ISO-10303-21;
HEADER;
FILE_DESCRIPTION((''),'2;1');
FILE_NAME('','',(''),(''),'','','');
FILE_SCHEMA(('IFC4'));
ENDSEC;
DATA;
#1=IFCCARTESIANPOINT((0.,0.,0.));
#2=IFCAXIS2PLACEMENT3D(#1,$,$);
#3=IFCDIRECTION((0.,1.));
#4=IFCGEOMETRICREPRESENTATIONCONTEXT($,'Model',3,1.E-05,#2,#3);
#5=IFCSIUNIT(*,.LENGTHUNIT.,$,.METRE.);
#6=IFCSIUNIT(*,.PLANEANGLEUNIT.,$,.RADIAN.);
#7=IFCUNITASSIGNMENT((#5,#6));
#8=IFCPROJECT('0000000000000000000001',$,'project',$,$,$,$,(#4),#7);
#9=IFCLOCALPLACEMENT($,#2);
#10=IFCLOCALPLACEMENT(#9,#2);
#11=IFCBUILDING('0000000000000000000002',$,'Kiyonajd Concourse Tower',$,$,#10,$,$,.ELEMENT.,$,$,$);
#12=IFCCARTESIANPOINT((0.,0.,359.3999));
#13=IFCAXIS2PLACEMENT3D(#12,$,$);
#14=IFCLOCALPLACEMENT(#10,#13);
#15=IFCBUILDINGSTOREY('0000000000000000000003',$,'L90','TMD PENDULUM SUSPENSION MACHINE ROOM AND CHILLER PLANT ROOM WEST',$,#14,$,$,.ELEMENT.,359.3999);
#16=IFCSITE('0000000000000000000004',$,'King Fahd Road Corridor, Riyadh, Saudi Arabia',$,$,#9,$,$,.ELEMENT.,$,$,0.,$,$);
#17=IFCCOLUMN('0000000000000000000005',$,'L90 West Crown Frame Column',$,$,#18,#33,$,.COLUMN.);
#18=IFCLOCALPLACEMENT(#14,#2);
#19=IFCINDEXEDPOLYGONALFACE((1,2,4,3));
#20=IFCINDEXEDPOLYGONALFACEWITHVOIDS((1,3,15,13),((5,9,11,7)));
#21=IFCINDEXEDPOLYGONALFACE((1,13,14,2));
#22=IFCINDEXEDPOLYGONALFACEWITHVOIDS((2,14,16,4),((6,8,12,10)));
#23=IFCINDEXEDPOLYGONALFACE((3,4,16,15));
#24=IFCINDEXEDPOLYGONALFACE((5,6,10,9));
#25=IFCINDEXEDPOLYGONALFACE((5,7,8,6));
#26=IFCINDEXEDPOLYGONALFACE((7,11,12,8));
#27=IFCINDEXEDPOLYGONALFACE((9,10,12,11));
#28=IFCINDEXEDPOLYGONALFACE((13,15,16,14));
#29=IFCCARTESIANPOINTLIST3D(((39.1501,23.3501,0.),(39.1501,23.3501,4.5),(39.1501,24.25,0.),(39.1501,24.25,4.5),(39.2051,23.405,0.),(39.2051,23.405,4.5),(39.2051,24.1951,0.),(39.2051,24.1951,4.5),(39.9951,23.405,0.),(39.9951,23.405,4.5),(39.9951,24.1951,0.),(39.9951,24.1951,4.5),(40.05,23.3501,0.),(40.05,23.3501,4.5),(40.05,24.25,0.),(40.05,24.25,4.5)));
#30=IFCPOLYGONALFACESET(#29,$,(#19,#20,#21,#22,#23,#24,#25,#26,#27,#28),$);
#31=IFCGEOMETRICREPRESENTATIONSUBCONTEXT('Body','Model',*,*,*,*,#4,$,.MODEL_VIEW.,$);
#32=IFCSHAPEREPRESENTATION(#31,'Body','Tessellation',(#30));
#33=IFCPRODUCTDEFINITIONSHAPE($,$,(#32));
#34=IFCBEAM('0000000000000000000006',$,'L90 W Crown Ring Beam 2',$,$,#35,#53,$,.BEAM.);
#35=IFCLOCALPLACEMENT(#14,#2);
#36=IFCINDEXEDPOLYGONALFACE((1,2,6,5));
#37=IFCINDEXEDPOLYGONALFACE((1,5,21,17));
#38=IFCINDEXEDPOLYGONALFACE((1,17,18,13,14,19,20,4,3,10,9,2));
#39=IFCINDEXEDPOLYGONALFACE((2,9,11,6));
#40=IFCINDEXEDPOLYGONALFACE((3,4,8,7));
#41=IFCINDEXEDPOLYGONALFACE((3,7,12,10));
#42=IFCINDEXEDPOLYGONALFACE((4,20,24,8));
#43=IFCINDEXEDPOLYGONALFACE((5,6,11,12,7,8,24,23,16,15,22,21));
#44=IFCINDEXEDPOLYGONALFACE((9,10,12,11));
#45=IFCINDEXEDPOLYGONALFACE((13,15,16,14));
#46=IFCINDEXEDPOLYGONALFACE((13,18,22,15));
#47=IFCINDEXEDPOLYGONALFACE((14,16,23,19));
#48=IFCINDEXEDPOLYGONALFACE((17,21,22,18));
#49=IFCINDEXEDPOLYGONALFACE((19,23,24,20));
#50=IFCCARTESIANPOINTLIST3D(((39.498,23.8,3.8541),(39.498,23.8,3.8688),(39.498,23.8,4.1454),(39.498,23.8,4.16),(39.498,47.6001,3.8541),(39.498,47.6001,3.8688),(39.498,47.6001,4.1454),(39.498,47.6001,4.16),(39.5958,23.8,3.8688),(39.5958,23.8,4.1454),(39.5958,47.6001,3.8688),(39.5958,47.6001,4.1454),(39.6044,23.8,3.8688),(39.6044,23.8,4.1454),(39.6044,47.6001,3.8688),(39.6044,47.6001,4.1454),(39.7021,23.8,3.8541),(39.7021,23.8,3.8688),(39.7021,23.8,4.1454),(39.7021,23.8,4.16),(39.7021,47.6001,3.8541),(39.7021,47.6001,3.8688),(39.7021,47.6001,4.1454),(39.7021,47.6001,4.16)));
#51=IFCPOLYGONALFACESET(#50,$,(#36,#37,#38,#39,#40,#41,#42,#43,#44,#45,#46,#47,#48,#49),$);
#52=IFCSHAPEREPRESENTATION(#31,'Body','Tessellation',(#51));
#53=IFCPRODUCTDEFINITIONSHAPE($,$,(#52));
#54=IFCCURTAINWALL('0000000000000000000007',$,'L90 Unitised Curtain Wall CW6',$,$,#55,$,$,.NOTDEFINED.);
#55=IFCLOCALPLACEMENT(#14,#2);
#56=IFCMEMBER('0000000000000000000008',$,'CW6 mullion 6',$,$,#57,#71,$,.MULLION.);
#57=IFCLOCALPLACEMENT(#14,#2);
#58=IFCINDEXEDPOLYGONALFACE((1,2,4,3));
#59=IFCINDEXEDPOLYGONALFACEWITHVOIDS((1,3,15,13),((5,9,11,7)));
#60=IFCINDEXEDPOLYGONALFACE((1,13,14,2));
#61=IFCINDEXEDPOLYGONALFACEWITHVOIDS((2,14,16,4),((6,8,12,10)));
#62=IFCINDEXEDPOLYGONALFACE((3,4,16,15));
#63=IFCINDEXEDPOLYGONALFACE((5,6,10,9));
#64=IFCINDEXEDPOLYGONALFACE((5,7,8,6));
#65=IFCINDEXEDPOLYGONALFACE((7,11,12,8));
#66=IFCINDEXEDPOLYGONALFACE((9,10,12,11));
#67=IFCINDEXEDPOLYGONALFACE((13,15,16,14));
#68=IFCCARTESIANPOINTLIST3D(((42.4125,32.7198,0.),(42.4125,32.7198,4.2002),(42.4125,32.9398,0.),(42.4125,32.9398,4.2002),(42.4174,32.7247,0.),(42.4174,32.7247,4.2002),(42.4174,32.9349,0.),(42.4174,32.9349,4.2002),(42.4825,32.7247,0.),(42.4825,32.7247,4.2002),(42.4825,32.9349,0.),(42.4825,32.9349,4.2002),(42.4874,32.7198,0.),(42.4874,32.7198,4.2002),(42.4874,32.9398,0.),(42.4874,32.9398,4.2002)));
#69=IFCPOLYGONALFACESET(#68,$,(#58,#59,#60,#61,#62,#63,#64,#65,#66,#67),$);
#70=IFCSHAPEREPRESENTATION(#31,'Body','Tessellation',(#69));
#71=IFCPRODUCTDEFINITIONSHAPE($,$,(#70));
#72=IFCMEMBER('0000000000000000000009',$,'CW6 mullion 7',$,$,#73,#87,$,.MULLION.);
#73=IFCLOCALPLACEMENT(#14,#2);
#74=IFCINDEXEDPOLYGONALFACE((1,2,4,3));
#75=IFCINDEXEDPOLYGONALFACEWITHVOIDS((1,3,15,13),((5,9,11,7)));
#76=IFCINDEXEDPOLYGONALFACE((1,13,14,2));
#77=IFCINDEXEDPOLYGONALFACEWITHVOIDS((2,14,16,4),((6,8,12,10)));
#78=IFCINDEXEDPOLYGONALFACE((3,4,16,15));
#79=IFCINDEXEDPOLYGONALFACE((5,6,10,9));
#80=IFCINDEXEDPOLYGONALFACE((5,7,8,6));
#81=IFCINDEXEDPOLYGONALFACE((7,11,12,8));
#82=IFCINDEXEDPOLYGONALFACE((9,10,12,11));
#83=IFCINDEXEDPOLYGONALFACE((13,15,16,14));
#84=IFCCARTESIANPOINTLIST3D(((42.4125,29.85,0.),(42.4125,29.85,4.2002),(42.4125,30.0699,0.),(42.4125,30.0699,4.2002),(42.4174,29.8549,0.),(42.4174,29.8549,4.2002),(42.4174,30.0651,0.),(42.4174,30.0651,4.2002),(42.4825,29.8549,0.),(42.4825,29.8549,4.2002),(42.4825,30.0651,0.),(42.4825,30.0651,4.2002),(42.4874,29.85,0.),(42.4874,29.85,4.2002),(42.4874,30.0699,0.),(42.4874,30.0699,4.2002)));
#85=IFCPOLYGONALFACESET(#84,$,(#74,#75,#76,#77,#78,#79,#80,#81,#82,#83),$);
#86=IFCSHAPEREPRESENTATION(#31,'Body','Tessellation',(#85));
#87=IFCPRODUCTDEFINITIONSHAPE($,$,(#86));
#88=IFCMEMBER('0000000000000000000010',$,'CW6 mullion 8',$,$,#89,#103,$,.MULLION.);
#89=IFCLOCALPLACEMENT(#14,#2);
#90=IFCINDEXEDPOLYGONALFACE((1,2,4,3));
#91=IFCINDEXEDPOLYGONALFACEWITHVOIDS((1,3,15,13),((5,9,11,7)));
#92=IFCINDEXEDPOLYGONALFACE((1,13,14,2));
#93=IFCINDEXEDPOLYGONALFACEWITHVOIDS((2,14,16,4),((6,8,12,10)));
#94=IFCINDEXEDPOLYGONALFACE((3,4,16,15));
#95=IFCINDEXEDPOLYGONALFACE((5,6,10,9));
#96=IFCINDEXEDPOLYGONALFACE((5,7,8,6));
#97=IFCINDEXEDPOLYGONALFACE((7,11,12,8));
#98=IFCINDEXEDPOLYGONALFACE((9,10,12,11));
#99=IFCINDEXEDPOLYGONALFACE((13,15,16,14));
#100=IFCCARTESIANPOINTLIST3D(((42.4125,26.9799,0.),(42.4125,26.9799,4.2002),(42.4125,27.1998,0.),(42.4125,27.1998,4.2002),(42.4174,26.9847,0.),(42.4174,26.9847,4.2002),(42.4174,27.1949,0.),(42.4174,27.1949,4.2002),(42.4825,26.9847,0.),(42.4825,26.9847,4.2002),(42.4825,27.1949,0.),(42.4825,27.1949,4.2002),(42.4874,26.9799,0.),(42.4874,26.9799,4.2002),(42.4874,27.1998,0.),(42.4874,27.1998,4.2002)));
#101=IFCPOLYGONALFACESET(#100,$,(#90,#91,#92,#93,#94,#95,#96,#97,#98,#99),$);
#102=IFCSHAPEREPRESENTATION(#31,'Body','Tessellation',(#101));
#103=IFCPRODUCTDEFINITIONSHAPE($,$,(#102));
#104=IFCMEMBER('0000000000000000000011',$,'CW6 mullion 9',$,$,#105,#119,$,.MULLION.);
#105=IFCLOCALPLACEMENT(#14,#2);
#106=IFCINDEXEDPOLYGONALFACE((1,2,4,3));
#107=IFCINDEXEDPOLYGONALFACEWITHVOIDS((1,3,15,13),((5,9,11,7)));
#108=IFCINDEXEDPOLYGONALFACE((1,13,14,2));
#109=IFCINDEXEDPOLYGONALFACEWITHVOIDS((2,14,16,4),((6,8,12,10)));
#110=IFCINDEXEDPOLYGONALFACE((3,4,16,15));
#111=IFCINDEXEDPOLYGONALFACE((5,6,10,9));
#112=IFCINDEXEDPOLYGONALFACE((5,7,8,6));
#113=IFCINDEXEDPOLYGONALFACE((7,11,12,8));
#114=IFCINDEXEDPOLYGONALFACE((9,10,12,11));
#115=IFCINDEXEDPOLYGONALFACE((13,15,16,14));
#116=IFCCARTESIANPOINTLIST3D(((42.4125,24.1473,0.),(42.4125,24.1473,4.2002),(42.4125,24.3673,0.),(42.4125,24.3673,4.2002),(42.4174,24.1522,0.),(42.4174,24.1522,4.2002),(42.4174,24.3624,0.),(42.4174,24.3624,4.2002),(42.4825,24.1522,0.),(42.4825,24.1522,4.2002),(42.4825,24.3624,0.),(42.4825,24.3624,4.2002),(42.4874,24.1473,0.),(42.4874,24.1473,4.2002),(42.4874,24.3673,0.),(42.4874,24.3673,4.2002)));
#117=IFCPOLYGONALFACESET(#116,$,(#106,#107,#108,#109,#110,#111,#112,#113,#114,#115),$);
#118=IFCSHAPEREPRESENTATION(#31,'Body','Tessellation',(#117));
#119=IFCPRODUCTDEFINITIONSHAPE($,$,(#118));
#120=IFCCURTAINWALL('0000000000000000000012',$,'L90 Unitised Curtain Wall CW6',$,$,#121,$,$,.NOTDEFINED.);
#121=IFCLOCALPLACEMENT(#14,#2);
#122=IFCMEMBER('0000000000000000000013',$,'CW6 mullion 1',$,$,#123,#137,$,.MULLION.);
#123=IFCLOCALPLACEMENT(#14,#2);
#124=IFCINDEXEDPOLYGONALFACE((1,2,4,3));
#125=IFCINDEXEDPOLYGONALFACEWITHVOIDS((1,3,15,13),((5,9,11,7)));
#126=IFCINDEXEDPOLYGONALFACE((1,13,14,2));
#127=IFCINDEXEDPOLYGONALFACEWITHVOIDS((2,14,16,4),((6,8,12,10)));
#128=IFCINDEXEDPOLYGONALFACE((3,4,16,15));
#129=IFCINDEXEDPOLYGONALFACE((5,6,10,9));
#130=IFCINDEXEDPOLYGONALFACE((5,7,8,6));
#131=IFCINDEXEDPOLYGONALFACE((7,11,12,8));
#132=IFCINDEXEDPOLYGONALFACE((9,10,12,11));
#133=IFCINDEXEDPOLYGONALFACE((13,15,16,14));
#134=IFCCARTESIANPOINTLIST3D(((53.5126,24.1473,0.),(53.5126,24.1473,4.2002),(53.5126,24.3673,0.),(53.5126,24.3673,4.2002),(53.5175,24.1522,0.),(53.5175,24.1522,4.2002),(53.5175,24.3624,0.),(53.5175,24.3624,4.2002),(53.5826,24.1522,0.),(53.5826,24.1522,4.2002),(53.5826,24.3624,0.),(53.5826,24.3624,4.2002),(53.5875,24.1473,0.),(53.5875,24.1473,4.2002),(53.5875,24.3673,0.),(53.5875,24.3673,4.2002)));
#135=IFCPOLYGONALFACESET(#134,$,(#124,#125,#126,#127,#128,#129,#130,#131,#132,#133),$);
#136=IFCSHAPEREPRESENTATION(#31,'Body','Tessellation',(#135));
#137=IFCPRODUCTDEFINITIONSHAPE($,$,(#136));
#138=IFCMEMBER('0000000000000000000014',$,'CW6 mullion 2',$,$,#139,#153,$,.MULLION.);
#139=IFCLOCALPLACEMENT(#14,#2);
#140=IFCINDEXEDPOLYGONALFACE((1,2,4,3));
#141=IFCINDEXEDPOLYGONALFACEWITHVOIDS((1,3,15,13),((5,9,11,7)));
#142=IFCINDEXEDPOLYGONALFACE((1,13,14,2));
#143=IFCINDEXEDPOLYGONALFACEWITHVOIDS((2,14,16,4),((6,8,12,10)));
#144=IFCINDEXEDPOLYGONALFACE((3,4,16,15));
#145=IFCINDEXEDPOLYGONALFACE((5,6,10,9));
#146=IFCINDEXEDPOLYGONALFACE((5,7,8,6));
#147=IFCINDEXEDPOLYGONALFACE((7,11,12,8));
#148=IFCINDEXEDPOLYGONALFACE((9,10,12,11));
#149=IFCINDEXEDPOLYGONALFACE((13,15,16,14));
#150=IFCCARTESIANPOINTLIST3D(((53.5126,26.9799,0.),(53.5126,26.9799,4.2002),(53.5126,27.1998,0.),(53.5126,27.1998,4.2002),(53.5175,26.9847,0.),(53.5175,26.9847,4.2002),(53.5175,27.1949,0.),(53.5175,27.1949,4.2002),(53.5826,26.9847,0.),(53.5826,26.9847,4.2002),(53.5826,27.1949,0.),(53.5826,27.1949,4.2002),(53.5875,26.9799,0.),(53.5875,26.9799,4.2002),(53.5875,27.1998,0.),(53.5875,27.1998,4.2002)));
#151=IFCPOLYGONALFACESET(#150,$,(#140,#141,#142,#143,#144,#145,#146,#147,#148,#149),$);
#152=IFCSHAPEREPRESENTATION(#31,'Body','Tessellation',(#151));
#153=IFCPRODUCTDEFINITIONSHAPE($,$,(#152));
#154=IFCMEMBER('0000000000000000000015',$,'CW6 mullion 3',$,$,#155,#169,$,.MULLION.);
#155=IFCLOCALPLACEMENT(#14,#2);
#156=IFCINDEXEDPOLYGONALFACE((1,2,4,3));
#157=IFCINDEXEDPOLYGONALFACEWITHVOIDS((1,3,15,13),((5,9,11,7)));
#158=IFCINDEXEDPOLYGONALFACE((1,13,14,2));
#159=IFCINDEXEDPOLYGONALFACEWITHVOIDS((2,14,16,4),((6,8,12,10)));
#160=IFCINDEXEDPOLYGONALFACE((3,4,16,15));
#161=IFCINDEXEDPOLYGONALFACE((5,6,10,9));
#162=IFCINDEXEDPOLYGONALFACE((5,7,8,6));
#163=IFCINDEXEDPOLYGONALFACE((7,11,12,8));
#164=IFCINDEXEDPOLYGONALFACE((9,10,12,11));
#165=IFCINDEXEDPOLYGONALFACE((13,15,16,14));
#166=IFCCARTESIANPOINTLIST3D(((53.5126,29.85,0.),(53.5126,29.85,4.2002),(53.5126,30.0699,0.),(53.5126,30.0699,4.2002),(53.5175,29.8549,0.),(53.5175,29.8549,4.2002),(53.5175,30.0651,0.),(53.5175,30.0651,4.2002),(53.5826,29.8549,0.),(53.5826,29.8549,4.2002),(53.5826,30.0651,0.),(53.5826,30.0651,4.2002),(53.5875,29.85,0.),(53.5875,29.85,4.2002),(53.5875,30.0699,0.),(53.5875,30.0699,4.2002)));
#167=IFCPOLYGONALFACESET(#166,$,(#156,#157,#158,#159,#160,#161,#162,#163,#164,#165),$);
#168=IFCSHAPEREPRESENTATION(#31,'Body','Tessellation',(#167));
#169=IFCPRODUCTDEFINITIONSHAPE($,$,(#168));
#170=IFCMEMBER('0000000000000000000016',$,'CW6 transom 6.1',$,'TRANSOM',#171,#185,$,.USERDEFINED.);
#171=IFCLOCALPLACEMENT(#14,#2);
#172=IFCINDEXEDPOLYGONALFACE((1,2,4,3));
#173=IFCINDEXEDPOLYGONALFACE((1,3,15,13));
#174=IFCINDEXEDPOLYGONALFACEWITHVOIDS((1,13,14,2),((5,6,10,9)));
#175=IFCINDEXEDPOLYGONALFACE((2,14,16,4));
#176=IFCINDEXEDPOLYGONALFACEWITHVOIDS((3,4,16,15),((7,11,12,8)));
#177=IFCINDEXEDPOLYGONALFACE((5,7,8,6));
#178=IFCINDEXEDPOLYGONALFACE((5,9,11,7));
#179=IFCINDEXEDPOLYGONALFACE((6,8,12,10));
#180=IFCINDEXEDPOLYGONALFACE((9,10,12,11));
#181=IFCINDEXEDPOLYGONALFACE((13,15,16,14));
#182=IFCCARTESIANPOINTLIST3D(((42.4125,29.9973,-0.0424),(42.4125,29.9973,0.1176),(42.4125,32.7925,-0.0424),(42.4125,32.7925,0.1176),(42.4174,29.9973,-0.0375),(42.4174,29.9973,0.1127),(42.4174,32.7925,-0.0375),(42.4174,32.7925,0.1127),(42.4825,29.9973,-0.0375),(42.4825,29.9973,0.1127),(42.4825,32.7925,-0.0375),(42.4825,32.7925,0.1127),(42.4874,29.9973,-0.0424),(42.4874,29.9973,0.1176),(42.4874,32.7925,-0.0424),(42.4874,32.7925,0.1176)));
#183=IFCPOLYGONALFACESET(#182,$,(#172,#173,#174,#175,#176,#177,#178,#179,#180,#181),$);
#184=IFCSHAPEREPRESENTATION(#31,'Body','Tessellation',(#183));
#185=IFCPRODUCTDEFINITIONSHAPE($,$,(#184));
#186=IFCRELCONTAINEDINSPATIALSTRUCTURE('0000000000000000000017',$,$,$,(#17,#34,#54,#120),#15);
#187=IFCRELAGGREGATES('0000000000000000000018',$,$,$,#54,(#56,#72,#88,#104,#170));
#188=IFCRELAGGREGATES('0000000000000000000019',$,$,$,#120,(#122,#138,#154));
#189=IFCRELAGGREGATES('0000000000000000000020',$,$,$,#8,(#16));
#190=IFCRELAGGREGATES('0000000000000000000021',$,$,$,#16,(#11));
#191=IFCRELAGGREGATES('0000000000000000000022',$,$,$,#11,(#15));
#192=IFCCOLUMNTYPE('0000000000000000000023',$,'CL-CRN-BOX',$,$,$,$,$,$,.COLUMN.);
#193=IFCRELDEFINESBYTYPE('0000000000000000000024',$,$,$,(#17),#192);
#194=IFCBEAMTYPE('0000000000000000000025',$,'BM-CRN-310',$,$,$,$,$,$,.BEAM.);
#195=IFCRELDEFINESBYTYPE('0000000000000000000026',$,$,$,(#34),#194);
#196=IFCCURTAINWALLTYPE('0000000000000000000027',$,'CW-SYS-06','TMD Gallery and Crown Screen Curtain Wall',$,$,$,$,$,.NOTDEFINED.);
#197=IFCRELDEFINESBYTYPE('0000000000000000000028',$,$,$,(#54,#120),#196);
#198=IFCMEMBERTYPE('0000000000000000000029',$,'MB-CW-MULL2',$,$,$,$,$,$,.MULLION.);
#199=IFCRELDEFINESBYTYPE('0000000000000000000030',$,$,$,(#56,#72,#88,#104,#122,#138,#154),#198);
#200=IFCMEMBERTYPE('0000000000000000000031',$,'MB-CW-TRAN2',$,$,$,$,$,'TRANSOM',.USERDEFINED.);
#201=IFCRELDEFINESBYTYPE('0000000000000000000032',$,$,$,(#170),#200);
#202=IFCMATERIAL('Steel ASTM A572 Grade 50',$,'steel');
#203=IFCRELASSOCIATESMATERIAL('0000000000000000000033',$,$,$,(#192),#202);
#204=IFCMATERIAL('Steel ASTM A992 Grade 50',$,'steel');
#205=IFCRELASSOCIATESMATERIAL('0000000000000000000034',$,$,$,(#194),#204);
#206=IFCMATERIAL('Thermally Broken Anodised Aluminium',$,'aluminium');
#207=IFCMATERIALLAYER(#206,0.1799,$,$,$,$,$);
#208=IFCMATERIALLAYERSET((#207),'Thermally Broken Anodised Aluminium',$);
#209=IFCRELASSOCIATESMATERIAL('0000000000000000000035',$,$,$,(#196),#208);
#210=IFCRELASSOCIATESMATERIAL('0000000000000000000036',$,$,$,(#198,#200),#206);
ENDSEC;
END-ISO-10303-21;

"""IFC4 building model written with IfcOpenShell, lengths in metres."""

from ifc_helpers import new_model, si_unit, direction, frame, origin, origin_2d, place, context, subcontext, project, spatial, hollow_rectangle, i_section, extrude, material, layer, layer_set, material_profile, profile_set, type_object, element, aggregate, save


model = new_model("IFC4")

# Units and contexts
model_context = context("Model", 3, precision=1e-05, world=origin(), true_north=direction((0.0, 1.0)))
body_context = subcontext(model_context, "Body", "Model", "MODEL_VIEW")
ifc_project = project(units=[si_unit("LENGTHUNIT", "METRE"), si_unit("PLANEANGLEUNIT", "RADIAN")], contexts=[model_context])

# Site, building, storey
site_placement = place(None, origin())
site = spatial("IfcSite", under=ifc_project, at=site_placement, Name="King Fahd Road Corridor, Riyadh, Saudi Arabia", CompositionType="ELEMENT", RefElevation=0.0)
building_placement = place(site_placement, origin())
building = spatial("IfcBuilding", under=site, at=building_placement, Name="Kiyonajd Concourse Tower", CompositionType="ELEMENT")
storey_placement = place(building_placement, frame((0.0, 0.0, 359.3999)))
storey = spatial("IfcBuildingStorey", under=building, at=storey_placement, Name="L90", Description="TMD PENDULUM SUSPENSION MACHINE ROOM AND CHILLER PLANT ROOM WEST", CompositionType="ELEMENT", Elevation=359.3999)

# Column
ifc_material_1 = material(Name="Steel ASTM A572 Grade 50", Category="steel")
ifc_material_profile_1 = material_profile(ifc_material_1, hollow_rectangle(XDim=0.8999, YDim=0.8999, WallThickness=0.0549, at=origin_2d()), Name="BOX-900x900x55")
ifc_profile_set_1 = profile_set([ifc_material_profile_1], Name="Steel ASTM A572 Grade 50")
column_type = type_object("IfcColumnType", Name="CL-CRN-BOX", PredefinedType="COLUMN", material=ifc_profile_set_1)
column_placement = place(storey_placement, frame((39.6001, 23.8, 0.0), z_axis=(0.0, 0.0, 1.0), x_axis=(1.0, 0.0, 0.0)))
element("IfcColumn", 1, at=column_placement, inside=storey, type_object=column_type, Name="L90 West Crown Frame Column", PredefinedType="COLUMN", context=body_context, shape_type="SweptSolid", body=[
    extrude(hollow_rectangle(XDim=0.8999, YDim=0.8999, WallThickness=0.0549, at=origin_2d()), origin(), (0.0, 0.0, 1.0), 4.5),
])

# Beam
ifc_material_2 = material(Name="Steel ASTM A992 Grade 50", Category="steel")
ifc_material_profile_2 = material_profile(ifc_material_2, i_section(OverallWidth=0.2041, OverallDepth=0.3059, WebThickness=0.0085, FlangeThickness=0.0146, at=origin_2d()), Name="W310X67")
ifc_profile_set_2 = profile_set([ifc_material_profile_2], Name="Steel ASTM A992 Grade 50")
beam_type = type_object("IfcBeamType", Name="BM-CRN-310", PredefinedType="BEAM", material=ifc_profile_set_2)
beam_placement = place(storey_placement, frame((39.6001, 23.8, 4.0071), z_axis=(0.0, 1.0, 0.0), x_axis=(-1.0, 0.0, 0.0)))
element("IfcBeam", 2, at=beam_placement, inside=storey, type_object=beam_type, Name="L90 W Crown Ring Beam 2", PredefinedType="BEAM", context=body_context, shape_type="SweptSolid", body=[
    extrude(i_section(OverallWidth=0.2041, OverallDepth=0.3059, WebThickness=0.0085, FlangeThickness=0.0146, at=origin_2d()), origin(), (0.0, 0.0, 1.0), 23.8),
])

# Curtain walls, members
ifc_material_3 = material(Name="Thermally Broken Anodised Aluminium", Category="aluminium")
ifc_layer_1 = layer(ifc_material_3, 0.1799)
ifc_layer_set_1 = layer_set([ifc_layer_1], Name="Thermally Broken Anodised Aluminium")
curtain_wall_type = type_object("IfcCurtainWallType", Name="CW-SYS-06", Description="TMD Gallery and Crown Screen Curtain Wall", PredefinedType="NOTDEFINED", material=ifc_layer_set_1)
curtain_wall_1_placement = place(storey_placement, origin())
curtain_wall_1 = element("IfcCurtainWall", 3, at=curtain_wall_1_placement, inside=storey, type_object=curtain_wall_type, Name="L90 Unitised Curtain Wall CW6", PredefinedType="NOTDEFINED")
ifc_material_profile_3 = material_profile(ifc_material_3, hollow_rectangle(XDim=0.075, YDim=0.22, WallThickness=0.0049, at=origin_2d()), Name="MULL-75x220")
ifc_profile_set_3 = profile_set([ifc_material_profile_3], Name="Thermally Broken Anodised Aluminium")
member_type_1 = type_object("IfcMemberType", Name="MB-CW-MULL2", PredefinedType="MULLION", material=ifc_profile_set_3)
member_1_placement = place(storey_placement, frame((42.45, 32.8298, 0.0), z_axis=(0.0, 0.0, 1.0), x_axis=(1.0, 0.0, 0.0)))
member_1 = element("IfcMember", 4, at=member_1_placement, type_object=member_type_1, Name="CW6 mullion 6", PredefinedType="MULLION", context=body_context, shape_type="SweptSolid", body=[
    extrude(hollow_rectangle(XDim=0.075, YDim=0.22, WallThickness=0.0049, at=origin_2d()), origin(), (0.0, 0.0, 1.0), 4.2002),
])
member_2_placement = place(storey_placement, frame((42.45, 29.96, 0.0), z_axis=(0.0, 0.0, 1.0), x_axis=(1.0, 0.0, 0.0)))
member_2 = element("IfcMember", 5, at=member_2_placement, type_object=member_type_1, Name="CW6 mullion 7", PredefinedType="MULLION", context=body_context, shape_type="SweptSolid", body=[
    extrude(hollow_rectangle(XDim=0.075, YDim=0.22, WallThickness=0.0049, at=origin_2d()), origin(), (0.0, 0.0, 1.0), 4.2002),
])
member_3_placement = place(storey_placement, frame((42.45, 27.0898, 0.0), z_axis=(0.0, 0.0, 1.0), x_axis=(1.0, 0.0, 0.0)))
member_3 = element("IfcMember", 6, at=member_3_placement, type_object=member_type_1, Name="CW6 mullion 8", PredefinedType="MULLION", context=body_context, shape_type="SweptSolid", body=[
    extrude(hollow_rectangle(XDim=0.075, YDim=0.22, WallThickness=0.0049, at=origin_2d()), origin(), (0.0, 0.0, 1.0), 4.2002),
])
member_4_placement = place(storey_placement, frame((42.45, 24.2573, 0.0), z_axis=(0.0, 0.0, 1.0), x_axis=(1.0, 0.0, 0.0)))
member_4 = element("IfcMember", 7, at=member_4_placement, type_object=member_type_1, Name="CW6 mullion 9", PredefinedType="MULLION", context=body_context, shape_type="SweptSolid", body=[
    extrude(hollow_rectangle(XDim=0.075, YDim=0.22, WallThickness=0.0049, at=origin_2d()), origin(), (0.0, 0.0, 1.0), 4.2002),
])
curtain_wall_2_placement = place(storey_placement, origin())
curtain_wall_2 = element("IfcCurtainWall", 8, at=curtain_wall_2_placement, inside=storey, type_object=curtain_wall_type, Name="L90 Unitised Curtain Wall CW6", PredefinedType="NOTDEFINED")
member_5_placement = place(storey_placement, frame((53.55, 24.2573, 0.0), z_axis=(0.0, 0.0, 1.0), x_axis=(-1.0, 0.0, 0.0)))
member_5 = element("IfcMember", 9, at=member_5_placement, type_object=member_type_1, Name="CW6 mullion 1", PredefinedType="MULLION", context=body_context, shape_type="SweptSolid", body=[
    extrude(hollow_rectangle(XDim=0.075, YDim=0.22, WallThickness=0.0049, at=origin_2d()), origin(), (0.0, 0.0, 1.0), 4.2002),
])
member_6_placement = place(storey_placement, frame((53.55, 27.0898, 0.0), z_axis=(0.0, 0.0, 1.0), x_axis=(-1.0, 0.0, 0.0)))
member_6 = element("IfcMember", 10, at=member_6_placement, type_object=member_type_1, Name="CW6 mullion 2", PredefinedType="MULLION", context=body_context, shape_type="SweptSolid", body=[
    extrude(hollow_rectangle(XDim=0.075, YDim=0.22, WallThickness=0.0049, at=origin_2d()), origin(), (0.0, 0.0, 1.0), 4.2002),
])
member_7_placement = place(storey_placement, frame((53.55, 29.96, 0.0), z_axis=(0.0, 0.0, 1.0), x_axis=(-1.0, 0.0, 0.0)))
member_7 = element("IfcMember", 11, at=member_7_placement, type_object=member_type_1, Name="CW6 mullion 3", PredefinedType="MULLION", context=body_context, shape_type="SweptSolid", body=[
    extrude(hollow_rectangle(XDim=0.075, YDim=0.22, WallThickness=0.0049, at=origin_2d()), origin(), (0.0, 0.0, 1.0), 4.2002),
])

# Member
ifc_material_profile_4 = material_profile(ifc_material_3, hollow_rectangle(XDim=0.075, YDim=0.1599, WallThickness=0.0049, at=origin_2d()), Name="TRAN-75x160")
ifc_profile_set_4 = profile_set([ifc_material_profile_4], Name="Thermally Broken Anodised Aluminium")
member_type_2 = type_object("IfcMemberType", Name="MB-CW-TRAN2", ElementType="TRANSOM", PredefinedType="USERDEFINED", material=ifc_profile_set_4)
member_8_placement = place(storey_placement, frame((42.45, 32.7925, 0.0376), z_axis=(0.0, -1.0, 0.0), x_axis=(1.0, 0.0, 0.0)))
member_8 = element("IfcMember", 12, at=member_8_placement, type_object=member_type_2, Name="CW6 transom 6.1", ObjectType="TRANSOM", PredefinedType="USERDEFINED", context=body_context, shape_type="SweptSolid", body=[
    extrude(hollow_rectangle(XDim=0.075, YDim=0.1599, WallThickness=0.0049, at=origin_2d()), origin(), (0.0, 0.0, 1.0), 2.7952),
])

aggregate(curtain_wall_1, [member_1, member_2, member_3, member_4, member_8])
aggregate(curtain_wall_2, [member_5, member_6, member_7])

save(model, "model.ifc")
